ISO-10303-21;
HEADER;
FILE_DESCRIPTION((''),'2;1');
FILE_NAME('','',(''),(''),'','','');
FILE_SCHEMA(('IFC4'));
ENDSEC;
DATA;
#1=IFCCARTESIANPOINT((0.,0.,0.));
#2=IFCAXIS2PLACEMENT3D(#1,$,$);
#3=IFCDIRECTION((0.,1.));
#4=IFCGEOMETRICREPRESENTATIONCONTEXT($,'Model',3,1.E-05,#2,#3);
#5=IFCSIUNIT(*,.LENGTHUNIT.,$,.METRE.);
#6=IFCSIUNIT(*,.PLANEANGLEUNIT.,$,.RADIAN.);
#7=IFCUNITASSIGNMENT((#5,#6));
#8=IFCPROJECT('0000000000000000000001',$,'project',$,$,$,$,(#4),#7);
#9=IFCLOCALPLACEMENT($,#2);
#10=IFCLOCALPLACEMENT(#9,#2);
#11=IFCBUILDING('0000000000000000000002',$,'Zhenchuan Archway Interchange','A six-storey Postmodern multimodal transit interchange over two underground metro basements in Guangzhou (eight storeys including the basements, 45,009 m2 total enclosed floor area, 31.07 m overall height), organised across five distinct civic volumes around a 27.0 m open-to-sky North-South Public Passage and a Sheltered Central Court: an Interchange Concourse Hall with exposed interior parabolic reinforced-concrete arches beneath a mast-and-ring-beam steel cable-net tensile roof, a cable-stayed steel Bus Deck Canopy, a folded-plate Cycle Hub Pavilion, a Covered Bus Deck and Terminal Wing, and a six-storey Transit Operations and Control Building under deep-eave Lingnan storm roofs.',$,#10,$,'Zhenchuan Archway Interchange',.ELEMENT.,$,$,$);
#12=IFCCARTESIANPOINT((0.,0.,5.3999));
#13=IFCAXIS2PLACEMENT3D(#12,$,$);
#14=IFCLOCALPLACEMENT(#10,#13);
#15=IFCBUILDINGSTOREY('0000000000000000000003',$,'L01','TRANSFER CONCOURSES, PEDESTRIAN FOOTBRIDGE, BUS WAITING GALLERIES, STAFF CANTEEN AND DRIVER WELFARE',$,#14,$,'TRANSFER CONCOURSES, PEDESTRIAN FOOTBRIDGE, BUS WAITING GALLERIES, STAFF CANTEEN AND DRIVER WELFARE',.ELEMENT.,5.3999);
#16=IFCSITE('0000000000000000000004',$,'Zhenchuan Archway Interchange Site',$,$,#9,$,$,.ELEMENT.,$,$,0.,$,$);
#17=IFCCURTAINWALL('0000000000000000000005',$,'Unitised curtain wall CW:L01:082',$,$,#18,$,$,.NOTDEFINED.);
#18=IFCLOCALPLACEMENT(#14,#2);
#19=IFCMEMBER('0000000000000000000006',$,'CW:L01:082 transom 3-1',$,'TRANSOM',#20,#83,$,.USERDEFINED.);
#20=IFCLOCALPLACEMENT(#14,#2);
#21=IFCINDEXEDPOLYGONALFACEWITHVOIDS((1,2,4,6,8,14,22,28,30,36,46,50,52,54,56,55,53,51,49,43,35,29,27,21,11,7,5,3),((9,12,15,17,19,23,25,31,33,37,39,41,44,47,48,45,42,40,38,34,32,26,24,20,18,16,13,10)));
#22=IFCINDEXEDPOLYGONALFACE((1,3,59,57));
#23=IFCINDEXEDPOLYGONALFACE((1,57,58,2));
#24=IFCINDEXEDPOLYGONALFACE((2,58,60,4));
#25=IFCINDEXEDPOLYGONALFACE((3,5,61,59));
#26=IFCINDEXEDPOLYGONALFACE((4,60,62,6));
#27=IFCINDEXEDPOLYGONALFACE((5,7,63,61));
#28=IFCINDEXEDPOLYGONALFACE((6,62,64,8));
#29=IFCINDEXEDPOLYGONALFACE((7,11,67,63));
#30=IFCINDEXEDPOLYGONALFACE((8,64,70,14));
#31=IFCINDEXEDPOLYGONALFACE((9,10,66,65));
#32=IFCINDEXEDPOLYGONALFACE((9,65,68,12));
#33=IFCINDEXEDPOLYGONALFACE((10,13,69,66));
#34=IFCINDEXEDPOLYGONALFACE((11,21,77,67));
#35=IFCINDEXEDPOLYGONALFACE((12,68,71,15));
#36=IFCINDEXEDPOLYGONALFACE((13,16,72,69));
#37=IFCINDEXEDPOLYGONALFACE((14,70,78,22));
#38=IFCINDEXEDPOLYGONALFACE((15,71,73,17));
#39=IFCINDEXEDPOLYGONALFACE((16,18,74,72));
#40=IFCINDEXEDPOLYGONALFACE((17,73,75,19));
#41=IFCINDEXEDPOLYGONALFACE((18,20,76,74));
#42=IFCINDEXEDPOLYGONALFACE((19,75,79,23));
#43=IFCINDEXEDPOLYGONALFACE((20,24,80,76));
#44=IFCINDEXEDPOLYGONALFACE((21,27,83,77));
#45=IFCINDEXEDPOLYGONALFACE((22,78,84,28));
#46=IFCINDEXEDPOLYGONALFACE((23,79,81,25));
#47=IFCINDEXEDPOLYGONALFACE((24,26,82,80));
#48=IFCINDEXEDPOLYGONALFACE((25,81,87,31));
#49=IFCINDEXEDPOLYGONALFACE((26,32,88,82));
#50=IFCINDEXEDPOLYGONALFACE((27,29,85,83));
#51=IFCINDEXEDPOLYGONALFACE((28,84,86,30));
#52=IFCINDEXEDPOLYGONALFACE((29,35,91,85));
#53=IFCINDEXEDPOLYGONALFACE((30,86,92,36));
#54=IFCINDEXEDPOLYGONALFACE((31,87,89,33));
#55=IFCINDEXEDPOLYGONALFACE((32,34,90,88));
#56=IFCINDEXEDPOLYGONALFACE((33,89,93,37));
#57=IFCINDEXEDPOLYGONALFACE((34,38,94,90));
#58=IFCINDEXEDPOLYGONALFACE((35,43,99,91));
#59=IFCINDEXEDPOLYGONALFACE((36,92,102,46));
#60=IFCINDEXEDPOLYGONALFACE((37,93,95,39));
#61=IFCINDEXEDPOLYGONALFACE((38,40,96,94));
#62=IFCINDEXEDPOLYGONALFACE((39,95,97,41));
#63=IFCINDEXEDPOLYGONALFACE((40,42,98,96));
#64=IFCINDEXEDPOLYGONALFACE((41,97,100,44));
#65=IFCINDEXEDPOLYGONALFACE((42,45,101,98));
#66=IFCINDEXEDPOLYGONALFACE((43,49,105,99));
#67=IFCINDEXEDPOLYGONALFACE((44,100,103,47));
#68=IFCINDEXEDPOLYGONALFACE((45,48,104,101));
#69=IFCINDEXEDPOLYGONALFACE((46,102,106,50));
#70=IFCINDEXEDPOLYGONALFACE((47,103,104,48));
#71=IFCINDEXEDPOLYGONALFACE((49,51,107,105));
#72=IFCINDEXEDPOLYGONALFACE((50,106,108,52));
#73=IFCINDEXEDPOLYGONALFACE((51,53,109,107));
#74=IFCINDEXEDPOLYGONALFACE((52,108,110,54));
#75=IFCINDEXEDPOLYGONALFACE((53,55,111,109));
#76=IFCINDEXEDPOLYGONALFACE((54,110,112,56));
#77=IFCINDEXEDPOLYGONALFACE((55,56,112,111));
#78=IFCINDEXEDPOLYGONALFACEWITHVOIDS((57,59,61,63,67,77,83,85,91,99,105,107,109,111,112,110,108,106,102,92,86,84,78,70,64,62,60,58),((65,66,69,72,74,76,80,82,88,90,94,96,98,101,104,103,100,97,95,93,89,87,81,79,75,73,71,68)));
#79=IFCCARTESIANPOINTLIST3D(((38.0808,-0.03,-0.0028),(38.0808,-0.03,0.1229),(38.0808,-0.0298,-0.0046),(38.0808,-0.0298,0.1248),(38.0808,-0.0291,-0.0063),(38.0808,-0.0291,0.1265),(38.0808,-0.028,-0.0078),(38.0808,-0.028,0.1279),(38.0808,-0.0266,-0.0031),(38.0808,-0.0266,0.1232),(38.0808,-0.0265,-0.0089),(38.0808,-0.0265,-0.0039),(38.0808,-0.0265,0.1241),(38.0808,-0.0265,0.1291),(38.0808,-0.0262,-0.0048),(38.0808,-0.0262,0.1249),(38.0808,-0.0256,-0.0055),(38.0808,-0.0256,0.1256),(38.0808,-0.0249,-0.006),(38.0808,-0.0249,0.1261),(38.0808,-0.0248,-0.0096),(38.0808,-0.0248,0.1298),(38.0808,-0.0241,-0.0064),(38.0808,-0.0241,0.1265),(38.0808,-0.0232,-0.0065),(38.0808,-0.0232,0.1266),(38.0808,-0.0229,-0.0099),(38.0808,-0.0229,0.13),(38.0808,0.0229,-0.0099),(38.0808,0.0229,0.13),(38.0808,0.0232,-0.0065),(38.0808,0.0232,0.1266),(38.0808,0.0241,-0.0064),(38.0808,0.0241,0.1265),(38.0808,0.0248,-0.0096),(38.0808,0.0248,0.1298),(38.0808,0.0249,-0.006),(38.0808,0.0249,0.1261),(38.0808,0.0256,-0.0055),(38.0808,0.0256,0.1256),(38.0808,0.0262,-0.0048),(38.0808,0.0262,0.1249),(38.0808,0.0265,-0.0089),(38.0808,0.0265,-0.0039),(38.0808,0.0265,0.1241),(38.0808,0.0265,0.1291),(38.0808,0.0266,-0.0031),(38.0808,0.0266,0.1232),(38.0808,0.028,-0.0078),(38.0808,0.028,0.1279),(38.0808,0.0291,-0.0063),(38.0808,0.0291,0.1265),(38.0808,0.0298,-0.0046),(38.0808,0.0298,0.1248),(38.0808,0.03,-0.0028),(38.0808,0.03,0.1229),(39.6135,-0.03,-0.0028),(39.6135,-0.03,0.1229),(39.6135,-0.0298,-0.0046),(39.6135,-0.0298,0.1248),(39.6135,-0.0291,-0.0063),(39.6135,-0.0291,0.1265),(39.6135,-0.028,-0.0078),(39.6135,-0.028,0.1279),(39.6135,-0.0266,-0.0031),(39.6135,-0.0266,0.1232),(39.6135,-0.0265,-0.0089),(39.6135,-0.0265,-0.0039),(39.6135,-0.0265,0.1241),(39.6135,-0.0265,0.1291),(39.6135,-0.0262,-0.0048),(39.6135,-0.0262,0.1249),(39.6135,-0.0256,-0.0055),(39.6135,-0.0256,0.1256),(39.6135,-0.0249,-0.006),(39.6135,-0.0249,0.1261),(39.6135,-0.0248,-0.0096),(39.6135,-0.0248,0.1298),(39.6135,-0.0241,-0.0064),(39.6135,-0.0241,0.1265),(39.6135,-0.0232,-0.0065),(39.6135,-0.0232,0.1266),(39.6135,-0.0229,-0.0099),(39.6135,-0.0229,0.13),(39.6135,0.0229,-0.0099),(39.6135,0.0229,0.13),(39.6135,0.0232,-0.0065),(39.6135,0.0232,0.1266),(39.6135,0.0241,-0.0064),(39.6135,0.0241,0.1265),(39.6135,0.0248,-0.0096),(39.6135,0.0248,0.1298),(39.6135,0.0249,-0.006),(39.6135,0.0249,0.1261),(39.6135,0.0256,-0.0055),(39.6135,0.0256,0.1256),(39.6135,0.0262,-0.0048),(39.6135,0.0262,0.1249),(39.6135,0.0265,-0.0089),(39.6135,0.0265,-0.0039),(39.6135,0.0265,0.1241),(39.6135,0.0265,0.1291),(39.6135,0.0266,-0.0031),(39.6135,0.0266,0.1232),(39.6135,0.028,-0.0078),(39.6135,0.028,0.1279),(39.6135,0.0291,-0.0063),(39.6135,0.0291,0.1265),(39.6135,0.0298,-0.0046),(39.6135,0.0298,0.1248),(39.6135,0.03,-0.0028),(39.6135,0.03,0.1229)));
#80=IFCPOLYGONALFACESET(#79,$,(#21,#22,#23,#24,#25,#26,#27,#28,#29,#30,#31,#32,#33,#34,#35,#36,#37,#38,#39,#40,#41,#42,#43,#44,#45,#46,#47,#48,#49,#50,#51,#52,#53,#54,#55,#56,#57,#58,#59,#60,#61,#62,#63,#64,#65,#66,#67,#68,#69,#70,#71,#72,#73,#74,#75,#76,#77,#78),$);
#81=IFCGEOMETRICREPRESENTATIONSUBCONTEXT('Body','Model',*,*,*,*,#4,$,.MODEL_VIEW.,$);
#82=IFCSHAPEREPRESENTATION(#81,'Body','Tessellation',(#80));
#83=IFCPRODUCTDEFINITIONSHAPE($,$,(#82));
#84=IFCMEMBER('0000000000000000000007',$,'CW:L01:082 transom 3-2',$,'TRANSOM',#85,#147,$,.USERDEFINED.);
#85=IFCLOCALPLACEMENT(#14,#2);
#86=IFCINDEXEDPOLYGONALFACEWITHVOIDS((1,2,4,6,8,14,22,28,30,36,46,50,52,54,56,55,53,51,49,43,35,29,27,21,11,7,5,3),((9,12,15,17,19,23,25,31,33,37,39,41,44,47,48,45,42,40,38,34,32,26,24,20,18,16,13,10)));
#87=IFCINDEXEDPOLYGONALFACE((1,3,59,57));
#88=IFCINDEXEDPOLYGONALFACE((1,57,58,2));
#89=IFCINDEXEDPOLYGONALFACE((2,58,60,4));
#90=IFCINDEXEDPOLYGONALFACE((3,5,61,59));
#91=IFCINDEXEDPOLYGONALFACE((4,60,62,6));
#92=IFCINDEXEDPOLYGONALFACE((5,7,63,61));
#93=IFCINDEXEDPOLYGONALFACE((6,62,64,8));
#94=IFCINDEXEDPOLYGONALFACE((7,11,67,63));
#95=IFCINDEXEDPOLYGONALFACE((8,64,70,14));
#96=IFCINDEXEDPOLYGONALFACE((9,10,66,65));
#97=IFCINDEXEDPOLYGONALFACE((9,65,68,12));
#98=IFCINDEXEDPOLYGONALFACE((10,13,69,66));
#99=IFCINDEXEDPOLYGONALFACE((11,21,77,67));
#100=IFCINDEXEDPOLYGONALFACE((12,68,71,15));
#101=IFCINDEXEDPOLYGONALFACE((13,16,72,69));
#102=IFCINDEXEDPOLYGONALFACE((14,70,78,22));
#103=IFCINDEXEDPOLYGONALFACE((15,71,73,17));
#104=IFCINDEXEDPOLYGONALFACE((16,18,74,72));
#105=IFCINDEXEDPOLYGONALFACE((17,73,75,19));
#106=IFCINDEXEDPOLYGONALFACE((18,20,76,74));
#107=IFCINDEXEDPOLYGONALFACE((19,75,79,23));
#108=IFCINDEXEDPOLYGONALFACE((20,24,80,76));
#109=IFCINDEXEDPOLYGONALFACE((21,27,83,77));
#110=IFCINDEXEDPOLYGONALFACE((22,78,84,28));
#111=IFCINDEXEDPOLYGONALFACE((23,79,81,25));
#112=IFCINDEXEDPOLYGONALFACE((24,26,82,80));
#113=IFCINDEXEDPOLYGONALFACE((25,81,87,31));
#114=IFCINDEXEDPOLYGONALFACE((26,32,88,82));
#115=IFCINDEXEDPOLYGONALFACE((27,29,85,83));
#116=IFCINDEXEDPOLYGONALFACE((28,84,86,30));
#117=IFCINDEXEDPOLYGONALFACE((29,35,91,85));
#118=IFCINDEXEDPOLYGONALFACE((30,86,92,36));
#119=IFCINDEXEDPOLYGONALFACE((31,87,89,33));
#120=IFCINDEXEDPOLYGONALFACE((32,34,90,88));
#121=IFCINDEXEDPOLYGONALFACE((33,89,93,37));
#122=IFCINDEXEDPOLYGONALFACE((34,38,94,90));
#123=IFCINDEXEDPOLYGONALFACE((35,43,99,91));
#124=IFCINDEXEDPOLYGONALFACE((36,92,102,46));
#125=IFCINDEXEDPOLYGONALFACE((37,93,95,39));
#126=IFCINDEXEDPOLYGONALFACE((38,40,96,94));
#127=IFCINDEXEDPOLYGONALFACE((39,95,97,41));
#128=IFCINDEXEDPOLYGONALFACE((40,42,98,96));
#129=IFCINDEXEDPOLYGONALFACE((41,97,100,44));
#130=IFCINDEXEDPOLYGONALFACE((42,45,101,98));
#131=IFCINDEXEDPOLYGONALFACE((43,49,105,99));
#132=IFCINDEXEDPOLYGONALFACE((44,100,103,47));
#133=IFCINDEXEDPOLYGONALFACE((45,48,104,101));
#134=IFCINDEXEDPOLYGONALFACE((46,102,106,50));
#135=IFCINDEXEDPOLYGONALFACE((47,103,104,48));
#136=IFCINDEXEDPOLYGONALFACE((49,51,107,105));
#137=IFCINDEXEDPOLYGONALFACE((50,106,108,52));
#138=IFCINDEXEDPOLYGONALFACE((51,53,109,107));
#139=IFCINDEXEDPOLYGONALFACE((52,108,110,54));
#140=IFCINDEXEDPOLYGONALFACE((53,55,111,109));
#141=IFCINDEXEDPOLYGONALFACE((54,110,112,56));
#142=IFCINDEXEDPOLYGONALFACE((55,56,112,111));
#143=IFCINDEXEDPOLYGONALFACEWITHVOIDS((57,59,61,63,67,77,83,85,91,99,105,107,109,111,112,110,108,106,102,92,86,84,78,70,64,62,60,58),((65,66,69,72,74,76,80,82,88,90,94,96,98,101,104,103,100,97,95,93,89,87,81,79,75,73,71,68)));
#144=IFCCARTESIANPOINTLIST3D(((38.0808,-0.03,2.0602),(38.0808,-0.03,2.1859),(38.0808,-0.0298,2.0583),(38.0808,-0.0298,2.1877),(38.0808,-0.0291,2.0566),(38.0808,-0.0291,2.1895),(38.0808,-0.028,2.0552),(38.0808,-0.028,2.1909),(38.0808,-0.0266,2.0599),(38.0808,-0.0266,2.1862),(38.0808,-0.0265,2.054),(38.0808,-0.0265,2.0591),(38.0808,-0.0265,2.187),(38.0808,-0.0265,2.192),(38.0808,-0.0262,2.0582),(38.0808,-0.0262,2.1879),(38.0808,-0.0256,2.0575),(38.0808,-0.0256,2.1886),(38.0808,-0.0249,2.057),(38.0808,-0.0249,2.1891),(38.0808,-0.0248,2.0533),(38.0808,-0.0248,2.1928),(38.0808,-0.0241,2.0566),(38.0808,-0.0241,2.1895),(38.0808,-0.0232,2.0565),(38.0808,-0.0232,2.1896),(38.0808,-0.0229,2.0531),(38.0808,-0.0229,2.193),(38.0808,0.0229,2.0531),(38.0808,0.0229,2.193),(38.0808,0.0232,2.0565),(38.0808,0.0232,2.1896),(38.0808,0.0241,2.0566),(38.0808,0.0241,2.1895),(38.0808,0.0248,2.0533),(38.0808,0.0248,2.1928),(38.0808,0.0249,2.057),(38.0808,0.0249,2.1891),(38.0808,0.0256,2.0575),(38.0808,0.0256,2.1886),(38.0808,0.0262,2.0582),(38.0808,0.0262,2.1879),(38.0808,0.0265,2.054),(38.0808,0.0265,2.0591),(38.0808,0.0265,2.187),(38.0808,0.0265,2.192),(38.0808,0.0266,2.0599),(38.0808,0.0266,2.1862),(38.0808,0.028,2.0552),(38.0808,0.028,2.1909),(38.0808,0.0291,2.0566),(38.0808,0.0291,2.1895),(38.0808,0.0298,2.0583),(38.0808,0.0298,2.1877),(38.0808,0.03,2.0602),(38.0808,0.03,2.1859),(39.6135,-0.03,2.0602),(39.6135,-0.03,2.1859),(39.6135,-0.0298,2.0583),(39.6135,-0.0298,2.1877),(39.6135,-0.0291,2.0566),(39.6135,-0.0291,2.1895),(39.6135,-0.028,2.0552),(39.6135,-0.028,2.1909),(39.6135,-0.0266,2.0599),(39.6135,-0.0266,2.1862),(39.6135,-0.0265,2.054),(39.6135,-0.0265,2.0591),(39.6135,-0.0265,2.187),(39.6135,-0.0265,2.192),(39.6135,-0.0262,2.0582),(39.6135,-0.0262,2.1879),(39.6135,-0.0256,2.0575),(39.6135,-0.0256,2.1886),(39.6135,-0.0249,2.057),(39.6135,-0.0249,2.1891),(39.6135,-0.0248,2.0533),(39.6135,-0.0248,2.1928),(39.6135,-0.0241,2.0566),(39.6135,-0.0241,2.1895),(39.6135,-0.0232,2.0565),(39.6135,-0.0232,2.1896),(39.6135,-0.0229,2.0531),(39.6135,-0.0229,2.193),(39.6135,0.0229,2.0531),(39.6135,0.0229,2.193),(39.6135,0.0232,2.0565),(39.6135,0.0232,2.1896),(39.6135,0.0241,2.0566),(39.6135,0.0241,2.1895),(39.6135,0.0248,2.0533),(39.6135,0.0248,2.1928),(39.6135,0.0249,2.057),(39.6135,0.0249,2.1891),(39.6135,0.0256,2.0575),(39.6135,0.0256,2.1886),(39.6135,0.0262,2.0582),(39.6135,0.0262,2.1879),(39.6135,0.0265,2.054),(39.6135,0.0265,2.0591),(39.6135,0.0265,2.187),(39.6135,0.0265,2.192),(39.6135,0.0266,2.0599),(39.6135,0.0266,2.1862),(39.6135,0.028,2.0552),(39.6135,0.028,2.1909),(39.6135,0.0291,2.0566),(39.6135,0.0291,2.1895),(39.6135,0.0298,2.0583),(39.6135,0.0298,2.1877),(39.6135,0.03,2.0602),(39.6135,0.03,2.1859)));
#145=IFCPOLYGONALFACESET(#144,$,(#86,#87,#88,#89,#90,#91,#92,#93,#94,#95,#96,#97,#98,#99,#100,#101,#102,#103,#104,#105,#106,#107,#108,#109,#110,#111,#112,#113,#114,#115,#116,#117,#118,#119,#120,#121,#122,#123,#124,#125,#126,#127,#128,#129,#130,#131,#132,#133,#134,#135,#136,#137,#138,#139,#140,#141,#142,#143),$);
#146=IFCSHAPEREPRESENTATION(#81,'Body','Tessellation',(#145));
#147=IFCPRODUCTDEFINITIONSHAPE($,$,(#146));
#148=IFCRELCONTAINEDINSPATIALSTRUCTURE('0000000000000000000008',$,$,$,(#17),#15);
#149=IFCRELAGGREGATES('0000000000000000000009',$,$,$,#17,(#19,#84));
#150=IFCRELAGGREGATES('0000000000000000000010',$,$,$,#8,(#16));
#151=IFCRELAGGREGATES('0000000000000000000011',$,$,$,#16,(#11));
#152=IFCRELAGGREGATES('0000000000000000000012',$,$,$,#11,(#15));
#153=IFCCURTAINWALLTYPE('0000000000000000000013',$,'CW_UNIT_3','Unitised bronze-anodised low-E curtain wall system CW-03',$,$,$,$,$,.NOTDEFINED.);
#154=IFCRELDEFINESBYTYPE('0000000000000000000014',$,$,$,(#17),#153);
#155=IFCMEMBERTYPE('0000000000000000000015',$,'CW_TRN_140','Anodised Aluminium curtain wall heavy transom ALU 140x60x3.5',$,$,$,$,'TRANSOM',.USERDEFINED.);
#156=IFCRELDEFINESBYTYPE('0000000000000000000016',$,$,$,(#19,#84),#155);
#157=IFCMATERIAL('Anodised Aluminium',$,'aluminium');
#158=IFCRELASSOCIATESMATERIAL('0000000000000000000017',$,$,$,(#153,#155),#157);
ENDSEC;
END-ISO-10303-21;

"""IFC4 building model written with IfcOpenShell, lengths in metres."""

from ifc_helpers import new_model, si_unit, direction, frame, origin, origin_2d, place, context, subcontext, project, spatial, hollow_rectangle, extrude, material, material_profile, profile_set, type_object, element, aggregate, save


model = new_model("IFC4")

# Units and contexts
model_context = context("Model", 3, precision=1e-05, world=origin(), true_north=direction((0.0, 1.0)))
body_context = subcontext(model_context, "Body", "Model", "MODEL_VIEW")
ifc_project = project(units=[si_unit("LENGTHUNIT", "METRE"), si_unit("PLANEANGLEUNIT", "RADIAN")], contexts=[model_context])

# Site, building, storey
site_placement = place(None, origin())
site = spatial("IfcSite", under=ifc_project, at=site_placement, Name="Zhenchuan Archway Interchange Site", CompositionType="ELEMENT", RefElevation=0.0)
building_placement = place(site_placement, origin())
building = spatial("IfcBuilding", under=site, at=building_placement, Name="Zhenchuan Archway Interchange", Description="A six-storey Postmodern multimodal transit interchange over two underground metro basements in Guangzhou (eight storeys including the basements, 45,009 m2 total enclosed floor area, 31.07 m overall height), organised across five distinct civic volumes around a 27.0 m open-to-sky North-South Public Passage and a Sheltered Central Court: an Interchange Concourse Hall with exposed interior parabolic reinforced-concrete arches beneath a mast-and-ring-beam steel cable-net tensile roof, a cable-stayed steel Bus Deck Canopy, a folded-plate Cycle Hub Pavilion, a Covered Bus Deck and Terminal Wing, and a six-storey Transit Operations and Control Building under deep-eave Lingnan storm roofs.", LongName="Zhenchuan Archway Interchange", CompositionType="ELEMENT")
storey_placement = place(building_placement, frame((0.0, 0.0, 5.3999)))
storey = spatial("IfcBuildingStorey", under=building, at=storey_placement, Name="L01", Description="TRANSFER CONCOURSES, PEDESTRIAN FOOTBRIDGE, BUS WAITING GALLERIES, STAFF CANTEEN AND DRIVER WELFARE", LongName="TRANSFER CONCOURSES, PEDESTRIAN FOOTBRIDGE, BUS WAITING GALLERIES, STAFF CANTEEN AND DRIVER WELFARE", CompositionType="ELEMENT", Elevation=5.3999)

# Curtain wall
ifc_material_1 = material(Name="Anodised Aluminium", Category="aluminium")
curtain_wall_type_1 = type_object("IfcCurtainWallType", Name="CW_UNIT_3", Description="Unitised bronze-anodised low-E curtain wall system CW-03", PredefinedType="NOTDEFINED", material=ifc_material_1)
curtain_wall_1_placement = place(storey_placement, origin())
curtain_wall_1 = element("IfcCurtainWall", 1, at=curtain_wall_1_placement, inside=storey, type_object=curtain_wall_type_1, Name="Unitised curtain wall CW:L01:082", PredefinedType="NOTDEFINED")

# Members
ifc_material_profile_1 = material_profile(ifc_material_1, hollow_rectangle(XDim=0.0601, YDim=0.1399, WallThickness=0.0034, InnerFilletRadius=0.0034, OuterFilletRadius=0.0071, at=origin_2d()), Name="ALU 140x60x3.5")
ifc_profile_set_1 = profile_set([ifc_material_profile_1], Name="Anodised Aluminium")
member_type_1 = type_object("IfcMemberType", Name="CW_TRN_140", Description="Anodised Aluminium curtain wall heavy transom ALU 140x60x3.5", ElementType="TRANSOM", PredefinedType="USERDEFINED", material=ifc_profile_set_1)
member_1_placement = place(storey_placement, frame((39.6135, 0.0, 0.0601), z_axis=(-1.0, 0.0, 0.0), x_axis=(0.0, -1.0, 0.0)))
member_1 = element("IfcMember", 2, at=member_1_placement, type_object=member_type_1, Name="CW:L01:082 transom 3-1", ObjectType="TRANSOM", PredefinedType="USERDEFINED", context=body_context, shape_type="SweptSolid", body=[
    extrude(hollow_rectangle(XDim=0.0601, YDim=0.1399, WallThickness=0.0034, InnerFilletRadius=0.0034, OuterFilletRadius=0.0071, at=origin_2d()), origin(), (0.0, 0.0, 1.0), 1.5327),
])
member_2_placement = place(storey_placement, frame((39.6135, 0.0, 2.123), z_axis=(-1.0, 0.0, 0.0), x_axis=(0.0, -1.0, 0.0)))
member_2 = element("IfcMember", 3, at=member_2_placement, type_object=member_type_1, Name="CW:L01:082 transom 3-2", ObjectType="TRANSOM", PredefinedType="USERDEFINED", context=body_context, shape_type="SweptSolid", body=[
    extrude(hollow_rectangle(XDim=0.0601, YDim=0.1399, WallThickness=0.0034, InnerFilletRadius=0.0034, OuterFilletRadius=0.0071, at=origin_2d()), origin(), (0.0, 0.0, 1.0), 1.5327),
])

aggregate(curtain_wall_1, [member_1, member_2])

save(model, "model.ifc")
